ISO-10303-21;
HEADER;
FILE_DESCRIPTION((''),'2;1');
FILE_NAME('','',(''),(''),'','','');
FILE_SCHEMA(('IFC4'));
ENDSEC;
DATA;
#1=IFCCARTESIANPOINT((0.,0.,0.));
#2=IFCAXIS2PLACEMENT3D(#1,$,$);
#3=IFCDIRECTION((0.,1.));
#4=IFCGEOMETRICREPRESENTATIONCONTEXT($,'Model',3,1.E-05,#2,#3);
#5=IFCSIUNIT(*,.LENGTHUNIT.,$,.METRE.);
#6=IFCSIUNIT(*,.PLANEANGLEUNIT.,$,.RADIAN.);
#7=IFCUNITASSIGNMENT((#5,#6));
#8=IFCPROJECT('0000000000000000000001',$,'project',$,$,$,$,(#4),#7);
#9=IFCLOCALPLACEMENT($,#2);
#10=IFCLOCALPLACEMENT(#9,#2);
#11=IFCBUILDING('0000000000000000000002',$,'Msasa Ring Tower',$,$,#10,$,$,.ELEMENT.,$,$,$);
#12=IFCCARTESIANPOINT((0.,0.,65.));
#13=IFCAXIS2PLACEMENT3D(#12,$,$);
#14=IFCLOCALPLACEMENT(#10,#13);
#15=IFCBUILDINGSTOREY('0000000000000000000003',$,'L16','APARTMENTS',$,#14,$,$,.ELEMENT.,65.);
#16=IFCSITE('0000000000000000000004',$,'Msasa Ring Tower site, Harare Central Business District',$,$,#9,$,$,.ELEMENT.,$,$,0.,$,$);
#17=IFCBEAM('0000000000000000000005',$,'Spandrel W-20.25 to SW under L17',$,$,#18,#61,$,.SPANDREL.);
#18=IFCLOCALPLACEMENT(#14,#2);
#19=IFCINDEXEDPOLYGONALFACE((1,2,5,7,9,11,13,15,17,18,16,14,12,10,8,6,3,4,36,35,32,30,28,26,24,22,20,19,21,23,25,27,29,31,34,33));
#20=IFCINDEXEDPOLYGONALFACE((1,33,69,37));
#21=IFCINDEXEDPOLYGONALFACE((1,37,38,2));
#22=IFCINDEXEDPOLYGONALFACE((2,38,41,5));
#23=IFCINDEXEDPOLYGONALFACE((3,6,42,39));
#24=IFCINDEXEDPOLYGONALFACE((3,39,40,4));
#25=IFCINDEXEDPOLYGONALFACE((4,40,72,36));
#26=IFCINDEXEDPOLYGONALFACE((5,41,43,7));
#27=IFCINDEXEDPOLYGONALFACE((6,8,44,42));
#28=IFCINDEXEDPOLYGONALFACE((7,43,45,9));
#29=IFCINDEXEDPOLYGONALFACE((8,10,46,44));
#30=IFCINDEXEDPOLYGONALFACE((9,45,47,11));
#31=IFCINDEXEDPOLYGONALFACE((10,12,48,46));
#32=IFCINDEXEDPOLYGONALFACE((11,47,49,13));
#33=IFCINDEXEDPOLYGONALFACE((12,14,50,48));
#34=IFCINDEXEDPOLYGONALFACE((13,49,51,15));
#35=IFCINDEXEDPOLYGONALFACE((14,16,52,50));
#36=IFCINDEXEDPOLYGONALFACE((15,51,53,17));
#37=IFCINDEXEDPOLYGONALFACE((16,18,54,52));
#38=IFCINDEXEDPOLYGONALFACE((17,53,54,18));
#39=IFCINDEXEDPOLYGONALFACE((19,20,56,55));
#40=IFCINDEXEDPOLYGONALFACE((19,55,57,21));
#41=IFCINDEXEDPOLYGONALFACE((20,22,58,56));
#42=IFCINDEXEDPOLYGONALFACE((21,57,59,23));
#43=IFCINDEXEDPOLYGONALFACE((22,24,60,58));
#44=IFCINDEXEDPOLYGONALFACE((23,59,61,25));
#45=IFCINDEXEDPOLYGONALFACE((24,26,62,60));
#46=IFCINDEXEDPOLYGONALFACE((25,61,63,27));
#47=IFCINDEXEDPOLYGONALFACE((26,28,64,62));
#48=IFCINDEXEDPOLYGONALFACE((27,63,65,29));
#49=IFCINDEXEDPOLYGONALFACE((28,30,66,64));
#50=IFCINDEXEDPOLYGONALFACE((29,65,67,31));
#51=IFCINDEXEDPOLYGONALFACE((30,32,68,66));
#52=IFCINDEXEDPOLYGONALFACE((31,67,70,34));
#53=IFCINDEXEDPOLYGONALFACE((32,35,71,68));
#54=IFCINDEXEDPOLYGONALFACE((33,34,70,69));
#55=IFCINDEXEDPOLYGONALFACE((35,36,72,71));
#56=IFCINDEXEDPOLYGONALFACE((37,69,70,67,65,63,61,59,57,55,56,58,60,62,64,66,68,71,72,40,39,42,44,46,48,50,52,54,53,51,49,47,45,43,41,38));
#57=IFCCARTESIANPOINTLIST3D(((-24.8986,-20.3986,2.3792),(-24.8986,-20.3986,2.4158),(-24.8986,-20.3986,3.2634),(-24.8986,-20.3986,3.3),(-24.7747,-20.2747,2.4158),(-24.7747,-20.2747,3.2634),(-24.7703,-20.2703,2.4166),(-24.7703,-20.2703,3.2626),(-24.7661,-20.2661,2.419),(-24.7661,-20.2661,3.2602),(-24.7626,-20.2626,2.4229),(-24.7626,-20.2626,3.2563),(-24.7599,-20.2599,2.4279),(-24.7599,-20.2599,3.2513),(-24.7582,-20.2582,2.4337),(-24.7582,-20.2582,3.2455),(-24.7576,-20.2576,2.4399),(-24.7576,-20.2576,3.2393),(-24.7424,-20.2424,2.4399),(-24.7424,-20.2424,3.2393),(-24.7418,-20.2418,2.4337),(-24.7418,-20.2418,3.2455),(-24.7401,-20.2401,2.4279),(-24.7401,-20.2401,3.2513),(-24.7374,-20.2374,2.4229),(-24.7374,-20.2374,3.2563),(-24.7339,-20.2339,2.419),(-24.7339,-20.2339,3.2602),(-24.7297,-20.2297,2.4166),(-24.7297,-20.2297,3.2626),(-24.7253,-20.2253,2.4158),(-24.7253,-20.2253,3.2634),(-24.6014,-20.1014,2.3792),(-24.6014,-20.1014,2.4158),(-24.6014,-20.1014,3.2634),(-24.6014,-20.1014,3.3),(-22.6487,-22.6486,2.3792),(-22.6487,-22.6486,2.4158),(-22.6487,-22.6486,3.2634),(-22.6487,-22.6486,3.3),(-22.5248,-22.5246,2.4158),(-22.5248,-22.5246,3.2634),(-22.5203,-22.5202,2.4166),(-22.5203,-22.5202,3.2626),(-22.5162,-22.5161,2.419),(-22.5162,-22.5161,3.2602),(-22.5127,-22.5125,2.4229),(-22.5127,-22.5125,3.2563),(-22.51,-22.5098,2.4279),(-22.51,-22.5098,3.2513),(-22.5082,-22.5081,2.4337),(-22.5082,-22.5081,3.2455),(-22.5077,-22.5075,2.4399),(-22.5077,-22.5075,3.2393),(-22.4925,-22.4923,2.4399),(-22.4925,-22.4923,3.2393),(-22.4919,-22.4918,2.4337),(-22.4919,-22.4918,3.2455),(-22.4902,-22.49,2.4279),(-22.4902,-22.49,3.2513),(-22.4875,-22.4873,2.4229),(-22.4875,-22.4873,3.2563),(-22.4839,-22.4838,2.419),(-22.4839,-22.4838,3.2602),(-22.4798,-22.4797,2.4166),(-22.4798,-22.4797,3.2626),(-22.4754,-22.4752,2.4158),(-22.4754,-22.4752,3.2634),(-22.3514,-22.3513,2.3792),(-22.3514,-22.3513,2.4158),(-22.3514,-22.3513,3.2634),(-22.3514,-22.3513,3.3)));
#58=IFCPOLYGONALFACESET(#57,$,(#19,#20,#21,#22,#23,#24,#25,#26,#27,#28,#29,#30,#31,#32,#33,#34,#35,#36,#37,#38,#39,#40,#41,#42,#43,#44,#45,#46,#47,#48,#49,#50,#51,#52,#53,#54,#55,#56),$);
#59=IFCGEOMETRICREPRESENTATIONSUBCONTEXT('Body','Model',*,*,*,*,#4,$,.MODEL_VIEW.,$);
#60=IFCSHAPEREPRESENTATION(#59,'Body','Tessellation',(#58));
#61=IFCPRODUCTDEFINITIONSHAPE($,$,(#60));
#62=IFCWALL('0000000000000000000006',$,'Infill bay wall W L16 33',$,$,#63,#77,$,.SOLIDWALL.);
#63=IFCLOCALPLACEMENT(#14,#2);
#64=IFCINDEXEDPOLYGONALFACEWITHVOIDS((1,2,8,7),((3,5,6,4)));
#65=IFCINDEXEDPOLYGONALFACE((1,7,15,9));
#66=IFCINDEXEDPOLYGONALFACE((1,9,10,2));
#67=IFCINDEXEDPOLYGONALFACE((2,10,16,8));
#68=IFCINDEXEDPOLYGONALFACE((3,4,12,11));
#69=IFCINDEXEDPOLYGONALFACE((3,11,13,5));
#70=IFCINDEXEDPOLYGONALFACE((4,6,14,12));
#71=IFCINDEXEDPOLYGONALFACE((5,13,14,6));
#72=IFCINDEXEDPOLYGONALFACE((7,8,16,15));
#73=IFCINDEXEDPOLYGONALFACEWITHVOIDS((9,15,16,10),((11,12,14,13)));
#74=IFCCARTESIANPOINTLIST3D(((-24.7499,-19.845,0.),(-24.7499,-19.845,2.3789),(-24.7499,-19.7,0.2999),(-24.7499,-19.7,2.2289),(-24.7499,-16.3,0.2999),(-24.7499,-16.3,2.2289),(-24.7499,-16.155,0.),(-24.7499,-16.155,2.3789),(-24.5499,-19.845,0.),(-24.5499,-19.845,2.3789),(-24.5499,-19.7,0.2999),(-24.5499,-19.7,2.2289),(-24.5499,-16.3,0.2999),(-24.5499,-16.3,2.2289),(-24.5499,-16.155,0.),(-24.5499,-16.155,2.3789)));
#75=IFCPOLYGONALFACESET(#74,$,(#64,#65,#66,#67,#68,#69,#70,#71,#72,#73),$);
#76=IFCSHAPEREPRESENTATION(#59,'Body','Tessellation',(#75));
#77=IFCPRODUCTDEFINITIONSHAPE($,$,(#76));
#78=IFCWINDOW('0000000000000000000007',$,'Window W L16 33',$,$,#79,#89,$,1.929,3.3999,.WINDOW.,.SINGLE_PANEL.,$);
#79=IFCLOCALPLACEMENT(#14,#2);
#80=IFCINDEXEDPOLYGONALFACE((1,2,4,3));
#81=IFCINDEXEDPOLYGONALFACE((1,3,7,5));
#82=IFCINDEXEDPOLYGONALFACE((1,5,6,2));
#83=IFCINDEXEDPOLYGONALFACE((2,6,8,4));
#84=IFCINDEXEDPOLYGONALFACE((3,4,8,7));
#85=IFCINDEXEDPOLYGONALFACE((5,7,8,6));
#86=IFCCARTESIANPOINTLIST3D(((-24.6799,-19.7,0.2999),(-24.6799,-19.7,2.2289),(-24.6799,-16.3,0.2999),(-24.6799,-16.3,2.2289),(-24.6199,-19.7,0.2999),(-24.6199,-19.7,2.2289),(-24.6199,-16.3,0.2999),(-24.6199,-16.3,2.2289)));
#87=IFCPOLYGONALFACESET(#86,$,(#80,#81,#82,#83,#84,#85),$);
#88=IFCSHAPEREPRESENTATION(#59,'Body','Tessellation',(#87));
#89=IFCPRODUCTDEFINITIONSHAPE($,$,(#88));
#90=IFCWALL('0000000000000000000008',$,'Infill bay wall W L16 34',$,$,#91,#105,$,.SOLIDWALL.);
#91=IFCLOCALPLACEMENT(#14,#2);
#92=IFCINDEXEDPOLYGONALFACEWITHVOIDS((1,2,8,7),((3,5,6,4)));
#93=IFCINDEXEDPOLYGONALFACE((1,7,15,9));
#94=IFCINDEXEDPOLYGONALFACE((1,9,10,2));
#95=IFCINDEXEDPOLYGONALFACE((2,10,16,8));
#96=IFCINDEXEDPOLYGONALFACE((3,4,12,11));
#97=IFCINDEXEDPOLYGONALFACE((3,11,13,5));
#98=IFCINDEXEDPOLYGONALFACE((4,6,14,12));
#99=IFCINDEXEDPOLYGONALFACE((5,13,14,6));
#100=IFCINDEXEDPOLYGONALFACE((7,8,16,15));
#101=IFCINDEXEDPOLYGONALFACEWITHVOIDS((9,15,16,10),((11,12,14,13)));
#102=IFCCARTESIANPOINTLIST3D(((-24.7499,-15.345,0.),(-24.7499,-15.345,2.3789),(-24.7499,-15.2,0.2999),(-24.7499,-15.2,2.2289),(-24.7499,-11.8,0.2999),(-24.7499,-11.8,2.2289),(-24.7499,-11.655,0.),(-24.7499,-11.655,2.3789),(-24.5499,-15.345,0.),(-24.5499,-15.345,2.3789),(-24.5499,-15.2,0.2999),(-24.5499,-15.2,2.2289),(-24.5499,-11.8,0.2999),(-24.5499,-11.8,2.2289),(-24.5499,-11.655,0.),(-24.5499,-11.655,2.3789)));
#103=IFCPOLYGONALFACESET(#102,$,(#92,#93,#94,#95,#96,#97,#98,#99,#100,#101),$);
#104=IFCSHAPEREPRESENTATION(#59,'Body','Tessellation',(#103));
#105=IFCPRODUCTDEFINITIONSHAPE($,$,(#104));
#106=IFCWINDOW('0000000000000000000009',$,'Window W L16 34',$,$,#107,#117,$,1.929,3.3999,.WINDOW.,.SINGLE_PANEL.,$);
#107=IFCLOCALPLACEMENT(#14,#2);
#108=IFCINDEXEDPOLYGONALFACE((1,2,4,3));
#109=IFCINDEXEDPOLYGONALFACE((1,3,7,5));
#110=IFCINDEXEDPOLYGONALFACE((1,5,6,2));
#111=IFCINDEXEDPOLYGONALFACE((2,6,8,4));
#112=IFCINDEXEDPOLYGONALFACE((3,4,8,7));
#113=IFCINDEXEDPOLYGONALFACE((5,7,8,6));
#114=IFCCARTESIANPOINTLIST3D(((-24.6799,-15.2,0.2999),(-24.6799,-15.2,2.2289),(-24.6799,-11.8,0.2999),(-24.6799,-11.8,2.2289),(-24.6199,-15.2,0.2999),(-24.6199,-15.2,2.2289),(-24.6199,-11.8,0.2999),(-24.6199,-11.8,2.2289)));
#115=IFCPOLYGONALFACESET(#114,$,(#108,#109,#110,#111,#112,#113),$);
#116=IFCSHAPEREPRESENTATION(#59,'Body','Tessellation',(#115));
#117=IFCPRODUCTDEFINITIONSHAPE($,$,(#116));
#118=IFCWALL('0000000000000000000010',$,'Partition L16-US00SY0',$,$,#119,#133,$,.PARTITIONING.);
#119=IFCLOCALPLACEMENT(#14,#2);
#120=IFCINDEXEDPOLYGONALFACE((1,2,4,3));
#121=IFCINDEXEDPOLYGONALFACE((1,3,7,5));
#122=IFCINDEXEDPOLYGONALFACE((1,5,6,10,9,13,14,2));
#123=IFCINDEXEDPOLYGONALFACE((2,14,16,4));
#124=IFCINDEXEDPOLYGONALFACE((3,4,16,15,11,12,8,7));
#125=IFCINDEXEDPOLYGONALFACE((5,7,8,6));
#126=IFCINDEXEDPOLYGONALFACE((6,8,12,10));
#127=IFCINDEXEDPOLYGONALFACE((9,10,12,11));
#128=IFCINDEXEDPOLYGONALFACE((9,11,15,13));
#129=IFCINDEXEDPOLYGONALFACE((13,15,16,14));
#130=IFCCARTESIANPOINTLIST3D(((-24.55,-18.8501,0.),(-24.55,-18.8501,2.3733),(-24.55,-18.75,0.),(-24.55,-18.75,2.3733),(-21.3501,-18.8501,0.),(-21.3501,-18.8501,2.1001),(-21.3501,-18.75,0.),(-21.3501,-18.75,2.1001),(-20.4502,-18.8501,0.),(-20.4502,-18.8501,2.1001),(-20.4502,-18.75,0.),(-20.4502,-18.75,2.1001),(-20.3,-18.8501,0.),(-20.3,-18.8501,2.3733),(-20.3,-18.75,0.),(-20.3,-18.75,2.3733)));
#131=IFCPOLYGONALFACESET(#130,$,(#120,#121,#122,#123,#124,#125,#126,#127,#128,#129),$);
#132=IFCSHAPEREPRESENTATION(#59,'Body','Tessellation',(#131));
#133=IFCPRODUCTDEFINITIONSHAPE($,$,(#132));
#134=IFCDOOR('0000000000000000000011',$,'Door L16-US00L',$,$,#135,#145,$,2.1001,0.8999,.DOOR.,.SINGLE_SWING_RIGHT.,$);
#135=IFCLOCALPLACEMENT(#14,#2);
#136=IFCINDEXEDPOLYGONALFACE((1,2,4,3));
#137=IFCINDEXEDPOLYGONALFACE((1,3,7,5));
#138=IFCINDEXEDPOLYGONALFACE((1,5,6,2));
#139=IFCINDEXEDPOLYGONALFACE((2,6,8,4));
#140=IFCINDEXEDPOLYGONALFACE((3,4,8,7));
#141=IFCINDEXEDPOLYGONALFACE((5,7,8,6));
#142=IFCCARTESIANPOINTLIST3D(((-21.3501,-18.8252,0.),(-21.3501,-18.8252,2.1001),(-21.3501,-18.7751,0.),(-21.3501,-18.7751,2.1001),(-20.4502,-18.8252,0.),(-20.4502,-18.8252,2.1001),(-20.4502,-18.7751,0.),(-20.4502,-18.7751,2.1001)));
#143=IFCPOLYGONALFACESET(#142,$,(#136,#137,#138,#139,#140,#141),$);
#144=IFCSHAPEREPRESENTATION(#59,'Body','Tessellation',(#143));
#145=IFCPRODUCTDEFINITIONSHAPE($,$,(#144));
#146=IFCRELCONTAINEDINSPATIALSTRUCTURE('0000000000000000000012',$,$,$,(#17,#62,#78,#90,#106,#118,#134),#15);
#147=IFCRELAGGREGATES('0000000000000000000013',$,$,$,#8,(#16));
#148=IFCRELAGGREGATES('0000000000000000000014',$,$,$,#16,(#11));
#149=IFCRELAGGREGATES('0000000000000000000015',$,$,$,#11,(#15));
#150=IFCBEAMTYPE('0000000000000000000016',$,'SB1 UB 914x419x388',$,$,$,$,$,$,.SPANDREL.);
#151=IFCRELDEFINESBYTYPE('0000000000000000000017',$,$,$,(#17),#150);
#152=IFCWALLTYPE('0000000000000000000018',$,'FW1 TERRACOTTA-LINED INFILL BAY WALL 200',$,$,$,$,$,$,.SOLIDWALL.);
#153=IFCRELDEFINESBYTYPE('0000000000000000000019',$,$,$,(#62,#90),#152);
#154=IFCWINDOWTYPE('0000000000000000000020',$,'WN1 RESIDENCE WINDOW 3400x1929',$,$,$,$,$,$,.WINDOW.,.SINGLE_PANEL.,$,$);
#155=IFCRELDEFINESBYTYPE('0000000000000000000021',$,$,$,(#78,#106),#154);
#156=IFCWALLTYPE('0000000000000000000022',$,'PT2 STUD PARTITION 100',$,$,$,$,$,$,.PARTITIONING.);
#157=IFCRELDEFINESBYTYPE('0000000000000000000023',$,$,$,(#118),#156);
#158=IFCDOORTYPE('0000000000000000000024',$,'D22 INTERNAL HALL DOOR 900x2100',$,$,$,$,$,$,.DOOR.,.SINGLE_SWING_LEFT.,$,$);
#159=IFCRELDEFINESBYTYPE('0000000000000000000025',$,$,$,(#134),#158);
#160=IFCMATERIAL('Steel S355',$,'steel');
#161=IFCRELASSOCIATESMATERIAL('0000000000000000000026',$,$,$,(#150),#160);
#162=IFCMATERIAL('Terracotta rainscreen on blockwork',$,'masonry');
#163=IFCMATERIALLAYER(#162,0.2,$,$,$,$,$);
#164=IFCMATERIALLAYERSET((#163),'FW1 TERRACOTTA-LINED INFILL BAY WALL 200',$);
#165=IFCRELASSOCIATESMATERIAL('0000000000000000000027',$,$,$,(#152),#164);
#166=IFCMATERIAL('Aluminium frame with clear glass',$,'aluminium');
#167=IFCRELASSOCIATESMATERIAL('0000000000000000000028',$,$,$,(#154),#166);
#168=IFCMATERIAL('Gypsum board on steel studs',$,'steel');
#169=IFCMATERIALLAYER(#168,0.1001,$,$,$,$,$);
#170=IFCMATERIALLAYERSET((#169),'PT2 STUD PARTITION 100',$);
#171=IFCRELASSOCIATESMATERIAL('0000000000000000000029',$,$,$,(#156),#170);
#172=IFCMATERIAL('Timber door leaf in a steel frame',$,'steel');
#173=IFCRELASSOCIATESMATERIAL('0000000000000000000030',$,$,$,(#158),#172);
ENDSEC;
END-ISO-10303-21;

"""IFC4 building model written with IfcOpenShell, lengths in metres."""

from ifc_helpers import new_model, si_unit, direction, frame, frame_2d, origin, origin_2d, place, context, subcontext, project, spatial, rectangle, i_section, extrude, material, layer, layer_set, material_profile, profile_set, type_object, element, fill, save


model = new_model("IFC4")

# Units and contexts
model_context = context("Model", 3, precision=1e-05, world=origin(), true_north=direction((0.0, 1.0)))
body_context = subcontext(model_context, "Body", "Model", "MODEL_VIEW")
ifc_project = project(units=[si_unit("LENGTHUNIT", "METRE"), si_unit("PLANEANGLEUNIT", "RADIAN")], contexts=[model_context])

# Site, building, storey
site_placement = place(None, origin())
site = spatial("IfcSite", under=ifc_project, at=site_placement, Name="Msasa Ring Tower site, Harare Central Business District", CompositionType="ELEMENT", RefElevation=0.0)
building_placement = place(site_placement, origin())
building = spatial("IfcBuilding", under=site, at=building_placement, Name="Msasa Ring Tower", CompositionType="ELEMENT")
storey_placement = place(building_placement, frame((0.0, 0.0, 65.0)))
storey = spatial("IfcBuildingStorey", under=building, at=storey_placement, Name="L16", Description="APARTMENTS", CompositionType="ELEMENT", Elevation=65.0)

# Beam
ifc_material_1 = material(Name="Steel S355", Category="steel")
ifc_material_profile_1 = material_profile(ifc_material_1, i_section(OverallWidth=0.4204, OverallDepth=0.9209, WebThickness=0.0215, FlangeThickness=0.0366, FilletRadius=0.0242, at=origin_2d()), Name="UB 914x419x388")
ifc_profile_set_1 = profile_set([ifc_material_profile_1], Name="Steel S355")
beam_type = type_object("IfcBeamType", Name="SB1 UB 914x419x388", PredefinedType="SPANDREL", material=ifc_profile_set_1)
beam_placement = place(storey_placement, frame((-24.75, -20.25, 2.8396), z_axis=(0.707107, -0.707107, 0.0), x_axis=(0.707107, 0.707107, 0.0)))
element("IfcBeam", 1, at=beam_placement, inside=storey, type_object=beam_type, Name="Spandrel W-20.25 to SW under L17", PredefinedType="SPANDREL", context=body_context, shape_type="SweptSolid", body=[
    extrude(i_section(OverallWidth=0.4204, OverallDepth=0.9209, WebThickness=0.0215, FlangeThickness=0.0366, FilletRadius=0.0242, at=origin_2d()), origin(), (0.0, 0.0, 1.0), 3.1819),
])

# Walls, openings, windows
ifc_material_2 = material(Name="Terracotta rainscreen on blockwork", Category="masonry")
ifc_layer_1 = layer(ifc_material_2, 0.2)
ifc_layer_set_1 = layer_set([ifc_layer_1], Name="FW1 TERRACOTTA-LINED INFILL BAY WALL 200")
wall_type_1 = type_object("IfcWallType", Name="FW1 TERRACOTTA-LINED INFILL BAY WALL 200", PredefinedType="SOLIDWALL", material=ifc_layer_set_1)
wall_1_placement = place(storey_placement, frame((-24.6499, -19.845, 0.0), z_axis=(0.0, 0.0, 1.0), x_axis=(0.0, 1.0, 0.0)))
wall_1 = element("IfcWall", 2, at=wall_1_placement, inside=storey, type_object=wall_type_1, Name="Infill bay wall W L16 33", PredefinedType="SOLIDWALL", context=body_context, shape_type="SweptSolid", body=[
    extrude(rectangle(XDim=3.6899, YDim=0.2, at=frame_2d((1.845, 0.0))), origin(), (0.0, 0.0, 1.0), 2.3789),
])
opening_1_placement = place(wall_1_placement, frame((0.145, 0.0, 0.3)))
opening_1 = element("IfcOpeningElement", 3, at=opening_1_placement, cuts=wall_1, PredefinedType="OPENING", context=body_context, shape_type="SweptSolid", body=[
    extrude(rectangle(XDim=3.3999, YDim=1.929, at=frame_2d((1.7, 0.9644))), frame((0.0, 0.1099, 0.0), z_axis=(0.0, -1.0, 0.0), x_axis=(1.0, 0.0, 0.0)), (0.0, 0.0, 1.0), 0.22),
])
ifc_material_3 = material(Name="Aluminium frame with clear glass", Category="aluminium")
window_type = type_object("IfcWindowType", Name="WN1 RESIDENCE WINDOW 3400x1929", PartitioningType="SINGLE_PANEL", PredefinedType="WINDOW", material=ifc_material_3)
window_1_placement = place(opening_1_placement, origin())
window_1 = element("IfcWindow", 4, at=window_1_placement, inside=storey, type_object=window_type, Name="Window W L16 33", OverallHeight=1.929, OverallWidth=3.3999, PartitioningType="SINGLE_PANEL", PredefinedType="WINDOW", context=body_context, shape_type="SweptSolid", body=[
    extrude(rectangle(XDim=3.3999, YDim=1.929, at=frame_2d((1.7, 0.9644))), frame((0.0, 0.03, 0.0), z_axis=(0.0, -1.0, 0.0), x_axis=(1.0, 0.0, 0.0)), (0.0, 0.0, 1.0), 0.0601),
])
fill(opening_1, window_1)
wall_2_placement = place(storey_placement, frame((-24.6499, -15.345, 0.0), z_axis=(0.0, 0.0, 1.0), x_axis=(0.0, 1.0, 0.0)))
wall_2 = element("IfcWall", 5, at=wall_2_placement, inside=storey, type_object=wall_type_1, Name="Infill bay wall W L16 34", PredefinedType="SOLIDWALL", context=body_context, shape_type="SweptSolid", body=[
    extrude(rectangle(XDim=3.6899, YDim=0.2, at=frame_2d((1.845, 0.0))), origin(), (0.0, 0.0, 1.0), 2.3789),
])
opening_2_placement = place(wall_2_placement, frame((0.145, 0.0, 0.3)))
opening_2 = element("IfcOpeningElement", 6, at=opening_2_placement, cuts=wall_2, PredefinedType="OPENING", context=body_context, shape_type="SweptSolid", body=[
    extrude(rectangle(XDim=3.3999, YDim=1.929, at=frame_2d((1.7, 0.9644))), frame((0.0, 0.1099, 0.0), z_axis=(0.0, -1.0, 0.0), x_axis=(1.0, 0.0, 0.0)), (0.0, 0.0, 1.0), 0.22),
])
window_2_placement = place(opening_2_placement, origin())
window_2 = element("IfcWindow", 7, at=window_2_placement, inside=storey, type_object=window_type, Name="Window W L16 34", OverallHeight=1.929, OverallWidth=3.3999, PartitioningType="SINGLE_PANEL", PredefinedType="WINDOW", context=body_context, shape_type="SweptSolid", body=[
    extrude(rectangle(XDim=3.3999, YDim=1.929, at=frame_2d((1.7, 0.9644))), frame((0.0, 0.03, 0.0), z_axis=(0.0, -1.0, 0.0), x_axis=(1.0, 0.0, 0.0)), (0.0, 0.0, 1.0), 0.0601),
])
fill(opening_2, window_2)

# Wall, opening, door
ifc_material_4 = material(Name="Gypsum board on steel studs", Category="steel")
ifc_layer_2 = layer(ifc_material_4, 0.1001)
ifc_layer_set_2 = layer_set([ifc_layer_2], Name="PT2 STUD PARTITION 100")
wall_type_2 = type_object("IfcWallType", Name="PT2 STUD PARTITION 100", PredefinedType="PARTITIONING", material=ifc_layer_set_2)
wall_3_placement = place(storey_placement, frame((-24.55, -18.8, 0.0), z_axis=(0.0, 0.0, 1.0), x_axis=(1.0, 0.0, 0.0)))
wall_3 = element("IfcWall", 8, at=wall_3_placement, inside=storey, type_object=wall_type_2, Name="Partition L16-US00SY0", PredefinedType="PARTITIONING", context=body_context, shape_type="SweptSolid", body=[
    extrude(rectangle(XDim=4.25, YDim=0.1001, at=frame_2d((2.125, 0.0))), origin(), (0.0, 0.0, 1.0), 2.3733),
])
opening_3_placement = place(wall_3_placement, frame((3.2, 0.0, 0.0)))
opening_3 = element("IfcOpeningElement", 9, at=opening_3_placement, cuts=wall_3, PredefinedType="OPENING", context=body_context, shape_type="SweptSolid", body=[
    extrude(rectangle(XDim=0.8999, YDim=2.1001, at=frame_2d((0.45, 1.05))), frame((0.0, 0.0601, 0.0), z_axis=(0.0, -1.0, 0.0), x_axis=(1.0, 0.0, 0.0)), (0.0, 0.0, 1.0), 0.1201),
])
ifc_material_5 = material(Name="Timber door leaf in a steel frame", Category="steel")
door_type_1 = type_object("IfcDoorType", Name="D22 INTERNAL HALL DOOR 900x2100", OperationType="SINGLE_SWING_LEFT", PredefinedType="DOOR", material=ifc_material_5)
door_1_placement = place(opening_3_placement, origin())
door_1 = element("IfcDoor", 10, at=door_1_placement, inside=storey, type_object=door_type_1, Name="Door L16-US00L", OperationType="SINGLE_SWING_RIGHT", OverallHeight=2.1001, OverallWidth=0.8999, PredefinedType="DOOR", context=body_context, shape_type="SweptSolid", body=[
    extrude(rectangle(XDim=0.8999, YDim=2.1001, at=frame_2d((0.45, 1.05))), frame((0.0, 0.0249, 0.0), z_axis=(0.0, -1.0, 0.0), x_axis=(1.0, 0.0, 0.0)), (0.0, 0.0, 1.0), 0.05),
])
fill(opening_3, door_1)

save(model, "model.ifc")
